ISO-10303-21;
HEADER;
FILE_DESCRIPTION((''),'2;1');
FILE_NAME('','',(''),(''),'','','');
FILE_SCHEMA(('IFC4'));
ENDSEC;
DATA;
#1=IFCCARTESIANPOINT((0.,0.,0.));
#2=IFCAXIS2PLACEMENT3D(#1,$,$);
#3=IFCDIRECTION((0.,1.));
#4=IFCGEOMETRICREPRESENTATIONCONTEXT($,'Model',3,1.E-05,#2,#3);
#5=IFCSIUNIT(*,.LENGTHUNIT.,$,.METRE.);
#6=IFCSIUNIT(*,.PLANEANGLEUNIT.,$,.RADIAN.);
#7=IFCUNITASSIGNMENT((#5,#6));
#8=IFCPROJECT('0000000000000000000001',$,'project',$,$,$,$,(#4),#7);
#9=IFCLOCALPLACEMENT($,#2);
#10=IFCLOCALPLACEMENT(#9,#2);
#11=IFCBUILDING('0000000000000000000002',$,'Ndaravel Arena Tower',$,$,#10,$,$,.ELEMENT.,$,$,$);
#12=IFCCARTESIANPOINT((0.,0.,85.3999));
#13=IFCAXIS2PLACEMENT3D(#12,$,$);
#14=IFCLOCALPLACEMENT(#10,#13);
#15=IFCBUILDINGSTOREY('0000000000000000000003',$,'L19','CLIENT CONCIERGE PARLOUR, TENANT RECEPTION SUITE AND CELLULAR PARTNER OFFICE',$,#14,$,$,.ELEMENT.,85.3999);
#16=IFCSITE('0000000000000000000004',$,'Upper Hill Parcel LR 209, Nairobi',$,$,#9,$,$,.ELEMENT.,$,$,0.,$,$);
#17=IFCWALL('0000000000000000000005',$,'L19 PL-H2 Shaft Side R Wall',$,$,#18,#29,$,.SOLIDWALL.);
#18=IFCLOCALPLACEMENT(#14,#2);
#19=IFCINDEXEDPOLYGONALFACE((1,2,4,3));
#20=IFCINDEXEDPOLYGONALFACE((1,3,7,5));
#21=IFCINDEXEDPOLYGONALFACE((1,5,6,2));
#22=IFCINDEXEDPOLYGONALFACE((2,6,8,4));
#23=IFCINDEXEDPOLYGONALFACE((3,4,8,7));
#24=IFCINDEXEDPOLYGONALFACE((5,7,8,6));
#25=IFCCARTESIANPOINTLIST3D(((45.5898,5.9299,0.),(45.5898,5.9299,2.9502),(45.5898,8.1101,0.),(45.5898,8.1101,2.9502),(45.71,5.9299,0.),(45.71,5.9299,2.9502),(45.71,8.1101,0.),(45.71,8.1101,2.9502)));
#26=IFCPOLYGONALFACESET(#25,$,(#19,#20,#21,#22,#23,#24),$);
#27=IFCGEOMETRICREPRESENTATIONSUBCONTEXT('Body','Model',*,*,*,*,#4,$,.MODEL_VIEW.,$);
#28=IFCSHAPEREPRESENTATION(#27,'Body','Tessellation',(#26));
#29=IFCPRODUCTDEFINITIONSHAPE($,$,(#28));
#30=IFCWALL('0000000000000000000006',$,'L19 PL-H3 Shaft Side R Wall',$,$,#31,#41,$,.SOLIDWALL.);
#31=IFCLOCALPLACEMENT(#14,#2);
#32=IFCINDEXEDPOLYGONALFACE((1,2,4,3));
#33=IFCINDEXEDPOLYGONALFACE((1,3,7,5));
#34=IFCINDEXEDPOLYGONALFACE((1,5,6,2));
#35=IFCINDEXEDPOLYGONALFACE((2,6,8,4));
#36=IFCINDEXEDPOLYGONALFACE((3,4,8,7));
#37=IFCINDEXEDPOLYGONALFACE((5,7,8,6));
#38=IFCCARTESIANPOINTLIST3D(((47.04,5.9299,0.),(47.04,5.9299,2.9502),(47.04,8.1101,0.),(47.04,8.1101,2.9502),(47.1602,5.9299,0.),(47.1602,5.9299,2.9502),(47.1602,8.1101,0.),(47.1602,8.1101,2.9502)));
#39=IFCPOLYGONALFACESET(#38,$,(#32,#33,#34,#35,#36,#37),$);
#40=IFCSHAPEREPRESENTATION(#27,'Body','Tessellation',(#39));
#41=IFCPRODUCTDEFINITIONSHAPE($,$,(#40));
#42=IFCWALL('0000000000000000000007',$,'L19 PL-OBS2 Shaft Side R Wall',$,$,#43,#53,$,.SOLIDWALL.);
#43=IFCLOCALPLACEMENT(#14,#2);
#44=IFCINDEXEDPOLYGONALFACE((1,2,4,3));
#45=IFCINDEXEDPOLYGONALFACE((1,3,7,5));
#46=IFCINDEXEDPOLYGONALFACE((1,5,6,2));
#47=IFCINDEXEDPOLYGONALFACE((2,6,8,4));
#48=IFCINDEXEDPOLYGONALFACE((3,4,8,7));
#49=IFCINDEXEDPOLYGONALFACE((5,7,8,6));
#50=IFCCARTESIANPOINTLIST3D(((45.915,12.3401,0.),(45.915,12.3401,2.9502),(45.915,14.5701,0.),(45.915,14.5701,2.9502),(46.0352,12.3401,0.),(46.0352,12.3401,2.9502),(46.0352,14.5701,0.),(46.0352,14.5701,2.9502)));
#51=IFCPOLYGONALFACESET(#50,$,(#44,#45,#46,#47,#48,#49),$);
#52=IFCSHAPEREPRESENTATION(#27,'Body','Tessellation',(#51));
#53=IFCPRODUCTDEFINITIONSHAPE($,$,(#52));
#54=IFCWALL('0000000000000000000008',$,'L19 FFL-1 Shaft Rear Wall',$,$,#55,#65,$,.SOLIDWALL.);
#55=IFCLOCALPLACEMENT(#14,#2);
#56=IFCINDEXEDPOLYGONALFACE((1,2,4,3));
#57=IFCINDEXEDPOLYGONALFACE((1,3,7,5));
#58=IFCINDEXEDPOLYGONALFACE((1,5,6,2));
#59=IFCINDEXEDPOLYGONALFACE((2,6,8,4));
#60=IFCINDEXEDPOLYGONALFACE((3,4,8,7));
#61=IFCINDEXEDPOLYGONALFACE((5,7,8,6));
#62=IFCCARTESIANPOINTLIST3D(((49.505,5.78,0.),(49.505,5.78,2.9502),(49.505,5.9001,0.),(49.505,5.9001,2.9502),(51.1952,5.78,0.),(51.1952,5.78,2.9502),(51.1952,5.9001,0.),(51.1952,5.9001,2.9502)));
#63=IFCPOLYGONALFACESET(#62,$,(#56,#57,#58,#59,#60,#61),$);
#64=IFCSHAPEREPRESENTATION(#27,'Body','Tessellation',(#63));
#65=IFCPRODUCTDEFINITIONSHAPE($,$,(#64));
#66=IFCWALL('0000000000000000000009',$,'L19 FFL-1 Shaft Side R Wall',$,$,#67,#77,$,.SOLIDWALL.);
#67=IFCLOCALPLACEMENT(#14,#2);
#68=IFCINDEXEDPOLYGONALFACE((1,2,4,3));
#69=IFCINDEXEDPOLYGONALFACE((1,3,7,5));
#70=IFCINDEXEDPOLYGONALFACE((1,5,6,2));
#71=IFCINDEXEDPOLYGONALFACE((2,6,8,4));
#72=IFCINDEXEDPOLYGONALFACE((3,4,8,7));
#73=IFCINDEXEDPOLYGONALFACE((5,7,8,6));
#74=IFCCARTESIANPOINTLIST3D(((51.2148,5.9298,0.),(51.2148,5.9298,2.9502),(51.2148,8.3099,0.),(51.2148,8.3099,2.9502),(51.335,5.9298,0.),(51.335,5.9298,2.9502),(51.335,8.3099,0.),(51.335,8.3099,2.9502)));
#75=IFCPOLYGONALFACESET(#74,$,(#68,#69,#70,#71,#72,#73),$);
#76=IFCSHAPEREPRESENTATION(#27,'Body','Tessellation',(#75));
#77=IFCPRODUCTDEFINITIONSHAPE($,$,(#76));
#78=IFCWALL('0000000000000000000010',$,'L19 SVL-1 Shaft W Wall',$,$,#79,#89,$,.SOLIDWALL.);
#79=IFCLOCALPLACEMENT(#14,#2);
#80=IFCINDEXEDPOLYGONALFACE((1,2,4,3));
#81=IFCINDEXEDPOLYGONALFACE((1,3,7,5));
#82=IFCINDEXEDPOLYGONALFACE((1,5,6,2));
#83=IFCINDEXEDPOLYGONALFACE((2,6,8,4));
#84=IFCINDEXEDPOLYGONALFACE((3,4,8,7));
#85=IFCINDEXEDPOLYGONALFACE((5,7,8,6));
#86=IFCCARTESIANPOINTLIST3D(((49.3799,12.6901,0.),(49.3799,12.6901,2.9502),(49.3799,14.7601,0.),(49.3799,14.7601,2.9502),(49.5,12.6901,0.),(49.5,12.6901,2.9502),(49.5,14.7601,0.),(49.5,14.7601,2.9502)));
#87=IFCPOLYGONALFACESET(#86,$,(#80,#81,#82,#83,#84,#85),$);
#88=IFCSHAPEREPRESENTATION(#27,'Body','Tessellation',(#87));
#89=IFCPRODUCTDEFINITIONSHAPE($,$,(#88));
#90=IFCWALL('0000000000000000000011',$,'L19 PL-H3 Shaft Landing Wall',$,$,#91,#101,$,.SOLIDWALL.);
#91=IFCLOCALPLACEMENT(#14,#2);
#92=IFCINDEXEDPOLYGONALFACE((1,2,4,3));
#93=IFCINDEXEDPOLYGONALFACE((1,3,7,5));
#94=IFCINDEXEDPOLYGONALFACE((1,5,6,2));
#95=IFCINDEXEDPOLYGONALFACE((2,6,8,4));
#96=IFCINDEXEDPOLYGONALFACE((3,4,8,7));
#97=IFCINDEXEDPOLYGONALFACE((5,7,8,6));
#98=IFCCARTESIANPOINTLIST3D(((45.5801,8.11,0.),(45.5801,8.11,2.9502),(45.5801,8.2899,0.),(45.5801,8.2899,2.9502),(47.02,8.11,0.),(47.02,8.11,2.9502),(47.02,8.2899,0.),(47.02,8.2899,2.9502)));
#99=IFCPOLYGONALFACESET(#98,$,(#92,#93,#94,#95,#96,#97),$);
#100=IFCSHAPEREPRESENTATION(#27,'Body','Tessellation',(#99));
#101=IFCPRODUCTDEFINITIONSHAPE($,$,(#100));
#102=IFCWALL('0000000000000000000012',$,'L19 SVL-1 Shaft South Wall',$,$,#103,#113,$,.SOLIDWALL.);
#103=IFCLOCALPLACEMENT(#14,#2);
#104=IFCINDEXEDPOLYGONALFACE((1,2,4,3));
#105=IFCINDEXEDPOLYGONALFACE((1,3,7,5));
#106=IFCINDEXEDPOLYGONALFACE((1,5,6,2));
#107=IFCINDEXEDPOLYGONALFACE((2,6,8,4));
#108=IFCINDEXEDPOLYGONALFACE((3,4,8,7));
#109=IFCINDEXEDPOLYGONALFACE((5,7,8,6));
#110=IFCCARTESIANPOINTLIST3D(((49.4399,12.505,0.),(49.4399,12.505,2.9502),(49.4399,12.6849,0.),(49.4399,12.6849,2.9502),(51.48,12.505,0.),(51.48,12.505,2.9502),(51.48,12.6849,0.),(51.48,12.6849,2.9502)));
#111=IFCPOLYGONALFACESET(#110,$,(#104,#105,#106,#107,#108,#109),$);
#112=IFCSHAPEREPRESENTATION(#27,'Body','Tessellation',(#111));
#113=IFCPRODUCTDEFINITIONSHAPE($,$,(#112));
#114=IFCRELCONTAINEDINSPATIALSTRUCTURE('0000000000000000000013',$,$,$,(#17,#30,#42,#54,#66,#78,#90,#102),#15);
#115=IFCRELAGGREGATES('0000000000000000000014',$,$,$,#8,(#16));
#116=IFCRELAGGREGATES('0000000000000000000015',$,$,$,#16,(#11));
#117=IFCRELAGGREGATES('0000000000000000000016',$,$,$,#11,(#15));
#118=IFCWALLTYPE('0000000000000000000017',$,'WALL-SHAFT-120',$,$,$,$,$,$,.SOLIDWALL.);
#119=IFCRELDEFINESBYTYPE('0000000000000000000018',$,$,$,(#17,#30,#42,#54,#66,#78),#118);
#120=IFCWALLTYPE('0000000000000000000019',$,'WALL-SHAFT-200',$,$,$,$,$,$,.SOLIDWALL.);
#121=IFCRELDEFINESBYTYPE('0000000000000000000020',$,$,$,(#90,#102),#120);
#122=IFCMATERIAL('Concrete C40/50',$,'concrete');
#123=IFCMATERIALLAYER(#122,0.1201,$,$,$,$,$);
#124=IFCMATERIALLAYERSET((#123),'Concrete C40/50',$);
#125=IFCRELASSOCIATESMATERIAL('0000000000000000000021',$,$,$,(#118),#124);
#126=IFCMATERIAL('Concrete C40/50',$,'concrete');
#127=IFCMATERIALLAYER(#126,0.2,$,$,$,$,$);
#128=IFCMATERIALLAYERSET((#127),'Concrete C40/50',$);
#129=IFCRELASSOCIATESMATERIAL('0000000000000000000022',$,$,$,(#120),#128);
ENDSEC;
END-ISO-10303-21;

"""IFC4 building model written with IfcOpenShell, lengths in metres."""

from ifc_helpers import new_model, si_unit, direction, frame, frame_2d, origin, place, context, subcontext, project, spatial, rectangle, extrude, material, layer, layer_set, type_object, element, save


model = new_model("IFC4")

# Units and contexts
model_context = context("Model", 3, precision=1e-05, world=origin(), true_north=direction((0.0, 1.0)))
body_context = subcontext(model_context, "Body", "Model", "MODEL_VIEW")
ifc_project = project(units=[si_unit("LENGTHUNIT", "METRE"), si_unit("PLANEANGLEUNIT", "RADIAN")], contexts=[model_context])

# Site, building, storey
site_placement = place(None, origin())
site = spatial("IfcSite", under=ifc_project, at=site_placement, Name="Upper Hill Parcel LR 209, Nairobi", CompositionType="ELEMENT", RefElevation=0.0)
building_placement = place(site_placement, origin())
building = spatial("IfcBuilding", under=site, at=building_placement, Name="Ndaravel Arena Tower", CompositionType="ELEMENT")
storey_placement = place(building_placement, frame((0.0, 0.0, 85.3999)))
storey = spatial("IfcBuildingStorey", under=building, at=storey_placement, Name="L19", Description="CLIENT CONCIERGE PARLOUR, TENANT RECEPTION SUITE AND CELLULAR PARTNER OFFICE", CompositionType="ELEMENT", Elevation=85.3999)

# Walls
ifc_material_1 = material(Name="Concrete C40/50", Category="concrete")
ifc_layer_1 = layer(ifc_material_1, 0.1201)
ifc_layer_set_1 = layer_set([ifc_layer_1], Name="Concrete C40/50")
wall_type_1 = type_object("IfcWallType", Name="WALL-SHAFT-120", PredefinedType="SOLIDWALL", material=ifc_layer_set_1)
for number, where, z_axis, x_axis, name in (
    (1, (45.6499, 5.9299, 0.0), (0.0, 0.0, 1.0), (0.0, 1.0, 0.0), "L19 PL-H2 Shaft Side R Wall"),
    (2, (47.1001, 5.9299, 0.0), (0.0, 0.0, 1.0), (0.0, 1.0, 0.0), "L19 PL-H3 Shaft Side R Wall"),
):
    element("IfcWall", number, at=place(storey_placement, frame(where, z_axis=z_axis, x_axis=x_axis)), inside=storey, type_object=wall_type_1, Name=name, PredefinedType="SOLIDWALL", context=body_context, shape_type="SweptSolid", body=[
        extrude(rectangle(XDim=2.1802, YDim=0.1201, at=frame_2d((1.0901, 0.0))), origin(), (0.0, 0.0, 1.0), 2.9502),
    ])
wall_1_placement = place(storey_placement, frame((45.9751, 12.3401, 0.0), z_axis=(0.0, 0.0, 1.0), x_axis=(0.0, 1.0, 0.0)))
element("IfcWall", 3, at=wall_1_placement, inside=storey, type_object=wall_type_1, Name="L19 PL-OBS2 Shaft Side R Wall", PredefinedType="SOLIDWALL", context=body_context, shape_type="SweptSolid", body=[
    extrude(rectangle(XDim=2.23, YDim=0.1201, at=frame_2d((1.115, 0.0))), origin(), (0.0, 0.0, 1.0), 2.9502),
])
wall_2_placement = place(storey_placement, frame((49.5049, 5.8401, 0.0), z_axis=(0.0, 0.0, 1.0), x_axis=(1.0, 0.0, 0.0)))
element("IfcWall", 4, at=wall_2_placement, inside=storey, type_object=wall_type_1, Name="L19 FFL-1 Shaft Rear Wall", PredefinedType="SOLIDWALL", context=body_context, shape_type="SweptSolid", body=[
    extrude(rectangle(XDim=1.6902, YDim=0.1201, at=frame_2d((0.8452, 0.0))), origin(), (0.0, 0.0, 1.0), 2.9502),
])
wall_3_placement = place(storey_placement, frame((51.2749, 5.9299, 0.0), z_axis=(0.0, 0.0, 1.0), x_axis=(0.0, 1.0, 0.0)))
element("IfcWall", 5, at=wall_3_placement, inside=storey, type_object=wall_type_1, Name="L19 FFL-1 Shaft Side R Wall", PredefinedType="SOLIDWALL", context=body_context, shape_type="SweptSolid", body=[
    extrude(rectangle(XDim=2.3801, YDim=0.1201, at=frame_2d((1.1899, 0.0))), origin(), (0.0, 0.0, 1.0), 2.9502),
])
wall_4_placement = place(storey_placement, frame((49.4399, 12.6899, 0.0), z_axis=(0.0, 0.0, 1.0), x_axis=(0.0, 1.0, 0.0)))
element("IfcWall", 6, at=wall_4_placement, inside=storey, type_object=wall_type_1, Name="L19 SVL-1 Shaft W Wall", PredefinedType="SOLIDWALL", context=body_context, shape_type="SweptSolid", body=[
    extrude(rectangle(XDim=2.0701, YDim=0.1201, at=frame_2d((1.0352, 0.0))), origin(), (0.0, 0.0, 1.0), 2.9502),
])
ifc_material_2 = material(Name="Concrete C40/50", Category="concrete")
ifc_layer_2 = layer(ifc_material_2, 0.2)
ifc_layer_set_2 = layer_set([ifc_layer_2], Name="Concrete C40/50")
wall_type_2 = type_object("IfcWallType", Name="WALL-SHAFT-200", PredefinedType="SOLIDWALL", material=ifc_layer_set_2)
wall_5_placement = place(storey_placement, frame((45.5801, 8.2, 0.0), z_axis=(0.0, 0.0, 1.0), x_axis=(1.0, 0.0, 0.0)))
element("IfcWall", 7, at=wall_5_placement, inside=storey, type_object=wall_type_2, Name="L19 PL-H3 Shaft Landing Wall", PredefinedType="SOLIDWALL", context=body_context, shape_type="SweptSolid", body=[
    extrude(rectangle(XDim=1.4399, YDim=0.1799, at=frame_2d((0.72, 0.0))), origin(), (0.0, 0.0, 1.0), 2.9502),
])

# Wall
wall_6_placement = place(storey_placement, frame((49.4399, 12.595, 0.0), z_axis=(0.0, 0.0, 1.0), x_axis=(1.0, 0.0, 0.0)))
element("IfcWall", 8, at=wall_6_placement, inside=storey, type_object=wall_type_2, Name="L19 SVL-1 Shaft South Wall", PredefinedType="SOLIDWALL", context=body_context, shape_type="SweptSolid", body=[
    extrude(rectangle(XDim=2.04, YDim=0.1799, at=frame_2d((1.02, 0.0))), origin(), (0.0, 0.0, 1.0), 2.9502),
])

save(model, "model.ifc")
